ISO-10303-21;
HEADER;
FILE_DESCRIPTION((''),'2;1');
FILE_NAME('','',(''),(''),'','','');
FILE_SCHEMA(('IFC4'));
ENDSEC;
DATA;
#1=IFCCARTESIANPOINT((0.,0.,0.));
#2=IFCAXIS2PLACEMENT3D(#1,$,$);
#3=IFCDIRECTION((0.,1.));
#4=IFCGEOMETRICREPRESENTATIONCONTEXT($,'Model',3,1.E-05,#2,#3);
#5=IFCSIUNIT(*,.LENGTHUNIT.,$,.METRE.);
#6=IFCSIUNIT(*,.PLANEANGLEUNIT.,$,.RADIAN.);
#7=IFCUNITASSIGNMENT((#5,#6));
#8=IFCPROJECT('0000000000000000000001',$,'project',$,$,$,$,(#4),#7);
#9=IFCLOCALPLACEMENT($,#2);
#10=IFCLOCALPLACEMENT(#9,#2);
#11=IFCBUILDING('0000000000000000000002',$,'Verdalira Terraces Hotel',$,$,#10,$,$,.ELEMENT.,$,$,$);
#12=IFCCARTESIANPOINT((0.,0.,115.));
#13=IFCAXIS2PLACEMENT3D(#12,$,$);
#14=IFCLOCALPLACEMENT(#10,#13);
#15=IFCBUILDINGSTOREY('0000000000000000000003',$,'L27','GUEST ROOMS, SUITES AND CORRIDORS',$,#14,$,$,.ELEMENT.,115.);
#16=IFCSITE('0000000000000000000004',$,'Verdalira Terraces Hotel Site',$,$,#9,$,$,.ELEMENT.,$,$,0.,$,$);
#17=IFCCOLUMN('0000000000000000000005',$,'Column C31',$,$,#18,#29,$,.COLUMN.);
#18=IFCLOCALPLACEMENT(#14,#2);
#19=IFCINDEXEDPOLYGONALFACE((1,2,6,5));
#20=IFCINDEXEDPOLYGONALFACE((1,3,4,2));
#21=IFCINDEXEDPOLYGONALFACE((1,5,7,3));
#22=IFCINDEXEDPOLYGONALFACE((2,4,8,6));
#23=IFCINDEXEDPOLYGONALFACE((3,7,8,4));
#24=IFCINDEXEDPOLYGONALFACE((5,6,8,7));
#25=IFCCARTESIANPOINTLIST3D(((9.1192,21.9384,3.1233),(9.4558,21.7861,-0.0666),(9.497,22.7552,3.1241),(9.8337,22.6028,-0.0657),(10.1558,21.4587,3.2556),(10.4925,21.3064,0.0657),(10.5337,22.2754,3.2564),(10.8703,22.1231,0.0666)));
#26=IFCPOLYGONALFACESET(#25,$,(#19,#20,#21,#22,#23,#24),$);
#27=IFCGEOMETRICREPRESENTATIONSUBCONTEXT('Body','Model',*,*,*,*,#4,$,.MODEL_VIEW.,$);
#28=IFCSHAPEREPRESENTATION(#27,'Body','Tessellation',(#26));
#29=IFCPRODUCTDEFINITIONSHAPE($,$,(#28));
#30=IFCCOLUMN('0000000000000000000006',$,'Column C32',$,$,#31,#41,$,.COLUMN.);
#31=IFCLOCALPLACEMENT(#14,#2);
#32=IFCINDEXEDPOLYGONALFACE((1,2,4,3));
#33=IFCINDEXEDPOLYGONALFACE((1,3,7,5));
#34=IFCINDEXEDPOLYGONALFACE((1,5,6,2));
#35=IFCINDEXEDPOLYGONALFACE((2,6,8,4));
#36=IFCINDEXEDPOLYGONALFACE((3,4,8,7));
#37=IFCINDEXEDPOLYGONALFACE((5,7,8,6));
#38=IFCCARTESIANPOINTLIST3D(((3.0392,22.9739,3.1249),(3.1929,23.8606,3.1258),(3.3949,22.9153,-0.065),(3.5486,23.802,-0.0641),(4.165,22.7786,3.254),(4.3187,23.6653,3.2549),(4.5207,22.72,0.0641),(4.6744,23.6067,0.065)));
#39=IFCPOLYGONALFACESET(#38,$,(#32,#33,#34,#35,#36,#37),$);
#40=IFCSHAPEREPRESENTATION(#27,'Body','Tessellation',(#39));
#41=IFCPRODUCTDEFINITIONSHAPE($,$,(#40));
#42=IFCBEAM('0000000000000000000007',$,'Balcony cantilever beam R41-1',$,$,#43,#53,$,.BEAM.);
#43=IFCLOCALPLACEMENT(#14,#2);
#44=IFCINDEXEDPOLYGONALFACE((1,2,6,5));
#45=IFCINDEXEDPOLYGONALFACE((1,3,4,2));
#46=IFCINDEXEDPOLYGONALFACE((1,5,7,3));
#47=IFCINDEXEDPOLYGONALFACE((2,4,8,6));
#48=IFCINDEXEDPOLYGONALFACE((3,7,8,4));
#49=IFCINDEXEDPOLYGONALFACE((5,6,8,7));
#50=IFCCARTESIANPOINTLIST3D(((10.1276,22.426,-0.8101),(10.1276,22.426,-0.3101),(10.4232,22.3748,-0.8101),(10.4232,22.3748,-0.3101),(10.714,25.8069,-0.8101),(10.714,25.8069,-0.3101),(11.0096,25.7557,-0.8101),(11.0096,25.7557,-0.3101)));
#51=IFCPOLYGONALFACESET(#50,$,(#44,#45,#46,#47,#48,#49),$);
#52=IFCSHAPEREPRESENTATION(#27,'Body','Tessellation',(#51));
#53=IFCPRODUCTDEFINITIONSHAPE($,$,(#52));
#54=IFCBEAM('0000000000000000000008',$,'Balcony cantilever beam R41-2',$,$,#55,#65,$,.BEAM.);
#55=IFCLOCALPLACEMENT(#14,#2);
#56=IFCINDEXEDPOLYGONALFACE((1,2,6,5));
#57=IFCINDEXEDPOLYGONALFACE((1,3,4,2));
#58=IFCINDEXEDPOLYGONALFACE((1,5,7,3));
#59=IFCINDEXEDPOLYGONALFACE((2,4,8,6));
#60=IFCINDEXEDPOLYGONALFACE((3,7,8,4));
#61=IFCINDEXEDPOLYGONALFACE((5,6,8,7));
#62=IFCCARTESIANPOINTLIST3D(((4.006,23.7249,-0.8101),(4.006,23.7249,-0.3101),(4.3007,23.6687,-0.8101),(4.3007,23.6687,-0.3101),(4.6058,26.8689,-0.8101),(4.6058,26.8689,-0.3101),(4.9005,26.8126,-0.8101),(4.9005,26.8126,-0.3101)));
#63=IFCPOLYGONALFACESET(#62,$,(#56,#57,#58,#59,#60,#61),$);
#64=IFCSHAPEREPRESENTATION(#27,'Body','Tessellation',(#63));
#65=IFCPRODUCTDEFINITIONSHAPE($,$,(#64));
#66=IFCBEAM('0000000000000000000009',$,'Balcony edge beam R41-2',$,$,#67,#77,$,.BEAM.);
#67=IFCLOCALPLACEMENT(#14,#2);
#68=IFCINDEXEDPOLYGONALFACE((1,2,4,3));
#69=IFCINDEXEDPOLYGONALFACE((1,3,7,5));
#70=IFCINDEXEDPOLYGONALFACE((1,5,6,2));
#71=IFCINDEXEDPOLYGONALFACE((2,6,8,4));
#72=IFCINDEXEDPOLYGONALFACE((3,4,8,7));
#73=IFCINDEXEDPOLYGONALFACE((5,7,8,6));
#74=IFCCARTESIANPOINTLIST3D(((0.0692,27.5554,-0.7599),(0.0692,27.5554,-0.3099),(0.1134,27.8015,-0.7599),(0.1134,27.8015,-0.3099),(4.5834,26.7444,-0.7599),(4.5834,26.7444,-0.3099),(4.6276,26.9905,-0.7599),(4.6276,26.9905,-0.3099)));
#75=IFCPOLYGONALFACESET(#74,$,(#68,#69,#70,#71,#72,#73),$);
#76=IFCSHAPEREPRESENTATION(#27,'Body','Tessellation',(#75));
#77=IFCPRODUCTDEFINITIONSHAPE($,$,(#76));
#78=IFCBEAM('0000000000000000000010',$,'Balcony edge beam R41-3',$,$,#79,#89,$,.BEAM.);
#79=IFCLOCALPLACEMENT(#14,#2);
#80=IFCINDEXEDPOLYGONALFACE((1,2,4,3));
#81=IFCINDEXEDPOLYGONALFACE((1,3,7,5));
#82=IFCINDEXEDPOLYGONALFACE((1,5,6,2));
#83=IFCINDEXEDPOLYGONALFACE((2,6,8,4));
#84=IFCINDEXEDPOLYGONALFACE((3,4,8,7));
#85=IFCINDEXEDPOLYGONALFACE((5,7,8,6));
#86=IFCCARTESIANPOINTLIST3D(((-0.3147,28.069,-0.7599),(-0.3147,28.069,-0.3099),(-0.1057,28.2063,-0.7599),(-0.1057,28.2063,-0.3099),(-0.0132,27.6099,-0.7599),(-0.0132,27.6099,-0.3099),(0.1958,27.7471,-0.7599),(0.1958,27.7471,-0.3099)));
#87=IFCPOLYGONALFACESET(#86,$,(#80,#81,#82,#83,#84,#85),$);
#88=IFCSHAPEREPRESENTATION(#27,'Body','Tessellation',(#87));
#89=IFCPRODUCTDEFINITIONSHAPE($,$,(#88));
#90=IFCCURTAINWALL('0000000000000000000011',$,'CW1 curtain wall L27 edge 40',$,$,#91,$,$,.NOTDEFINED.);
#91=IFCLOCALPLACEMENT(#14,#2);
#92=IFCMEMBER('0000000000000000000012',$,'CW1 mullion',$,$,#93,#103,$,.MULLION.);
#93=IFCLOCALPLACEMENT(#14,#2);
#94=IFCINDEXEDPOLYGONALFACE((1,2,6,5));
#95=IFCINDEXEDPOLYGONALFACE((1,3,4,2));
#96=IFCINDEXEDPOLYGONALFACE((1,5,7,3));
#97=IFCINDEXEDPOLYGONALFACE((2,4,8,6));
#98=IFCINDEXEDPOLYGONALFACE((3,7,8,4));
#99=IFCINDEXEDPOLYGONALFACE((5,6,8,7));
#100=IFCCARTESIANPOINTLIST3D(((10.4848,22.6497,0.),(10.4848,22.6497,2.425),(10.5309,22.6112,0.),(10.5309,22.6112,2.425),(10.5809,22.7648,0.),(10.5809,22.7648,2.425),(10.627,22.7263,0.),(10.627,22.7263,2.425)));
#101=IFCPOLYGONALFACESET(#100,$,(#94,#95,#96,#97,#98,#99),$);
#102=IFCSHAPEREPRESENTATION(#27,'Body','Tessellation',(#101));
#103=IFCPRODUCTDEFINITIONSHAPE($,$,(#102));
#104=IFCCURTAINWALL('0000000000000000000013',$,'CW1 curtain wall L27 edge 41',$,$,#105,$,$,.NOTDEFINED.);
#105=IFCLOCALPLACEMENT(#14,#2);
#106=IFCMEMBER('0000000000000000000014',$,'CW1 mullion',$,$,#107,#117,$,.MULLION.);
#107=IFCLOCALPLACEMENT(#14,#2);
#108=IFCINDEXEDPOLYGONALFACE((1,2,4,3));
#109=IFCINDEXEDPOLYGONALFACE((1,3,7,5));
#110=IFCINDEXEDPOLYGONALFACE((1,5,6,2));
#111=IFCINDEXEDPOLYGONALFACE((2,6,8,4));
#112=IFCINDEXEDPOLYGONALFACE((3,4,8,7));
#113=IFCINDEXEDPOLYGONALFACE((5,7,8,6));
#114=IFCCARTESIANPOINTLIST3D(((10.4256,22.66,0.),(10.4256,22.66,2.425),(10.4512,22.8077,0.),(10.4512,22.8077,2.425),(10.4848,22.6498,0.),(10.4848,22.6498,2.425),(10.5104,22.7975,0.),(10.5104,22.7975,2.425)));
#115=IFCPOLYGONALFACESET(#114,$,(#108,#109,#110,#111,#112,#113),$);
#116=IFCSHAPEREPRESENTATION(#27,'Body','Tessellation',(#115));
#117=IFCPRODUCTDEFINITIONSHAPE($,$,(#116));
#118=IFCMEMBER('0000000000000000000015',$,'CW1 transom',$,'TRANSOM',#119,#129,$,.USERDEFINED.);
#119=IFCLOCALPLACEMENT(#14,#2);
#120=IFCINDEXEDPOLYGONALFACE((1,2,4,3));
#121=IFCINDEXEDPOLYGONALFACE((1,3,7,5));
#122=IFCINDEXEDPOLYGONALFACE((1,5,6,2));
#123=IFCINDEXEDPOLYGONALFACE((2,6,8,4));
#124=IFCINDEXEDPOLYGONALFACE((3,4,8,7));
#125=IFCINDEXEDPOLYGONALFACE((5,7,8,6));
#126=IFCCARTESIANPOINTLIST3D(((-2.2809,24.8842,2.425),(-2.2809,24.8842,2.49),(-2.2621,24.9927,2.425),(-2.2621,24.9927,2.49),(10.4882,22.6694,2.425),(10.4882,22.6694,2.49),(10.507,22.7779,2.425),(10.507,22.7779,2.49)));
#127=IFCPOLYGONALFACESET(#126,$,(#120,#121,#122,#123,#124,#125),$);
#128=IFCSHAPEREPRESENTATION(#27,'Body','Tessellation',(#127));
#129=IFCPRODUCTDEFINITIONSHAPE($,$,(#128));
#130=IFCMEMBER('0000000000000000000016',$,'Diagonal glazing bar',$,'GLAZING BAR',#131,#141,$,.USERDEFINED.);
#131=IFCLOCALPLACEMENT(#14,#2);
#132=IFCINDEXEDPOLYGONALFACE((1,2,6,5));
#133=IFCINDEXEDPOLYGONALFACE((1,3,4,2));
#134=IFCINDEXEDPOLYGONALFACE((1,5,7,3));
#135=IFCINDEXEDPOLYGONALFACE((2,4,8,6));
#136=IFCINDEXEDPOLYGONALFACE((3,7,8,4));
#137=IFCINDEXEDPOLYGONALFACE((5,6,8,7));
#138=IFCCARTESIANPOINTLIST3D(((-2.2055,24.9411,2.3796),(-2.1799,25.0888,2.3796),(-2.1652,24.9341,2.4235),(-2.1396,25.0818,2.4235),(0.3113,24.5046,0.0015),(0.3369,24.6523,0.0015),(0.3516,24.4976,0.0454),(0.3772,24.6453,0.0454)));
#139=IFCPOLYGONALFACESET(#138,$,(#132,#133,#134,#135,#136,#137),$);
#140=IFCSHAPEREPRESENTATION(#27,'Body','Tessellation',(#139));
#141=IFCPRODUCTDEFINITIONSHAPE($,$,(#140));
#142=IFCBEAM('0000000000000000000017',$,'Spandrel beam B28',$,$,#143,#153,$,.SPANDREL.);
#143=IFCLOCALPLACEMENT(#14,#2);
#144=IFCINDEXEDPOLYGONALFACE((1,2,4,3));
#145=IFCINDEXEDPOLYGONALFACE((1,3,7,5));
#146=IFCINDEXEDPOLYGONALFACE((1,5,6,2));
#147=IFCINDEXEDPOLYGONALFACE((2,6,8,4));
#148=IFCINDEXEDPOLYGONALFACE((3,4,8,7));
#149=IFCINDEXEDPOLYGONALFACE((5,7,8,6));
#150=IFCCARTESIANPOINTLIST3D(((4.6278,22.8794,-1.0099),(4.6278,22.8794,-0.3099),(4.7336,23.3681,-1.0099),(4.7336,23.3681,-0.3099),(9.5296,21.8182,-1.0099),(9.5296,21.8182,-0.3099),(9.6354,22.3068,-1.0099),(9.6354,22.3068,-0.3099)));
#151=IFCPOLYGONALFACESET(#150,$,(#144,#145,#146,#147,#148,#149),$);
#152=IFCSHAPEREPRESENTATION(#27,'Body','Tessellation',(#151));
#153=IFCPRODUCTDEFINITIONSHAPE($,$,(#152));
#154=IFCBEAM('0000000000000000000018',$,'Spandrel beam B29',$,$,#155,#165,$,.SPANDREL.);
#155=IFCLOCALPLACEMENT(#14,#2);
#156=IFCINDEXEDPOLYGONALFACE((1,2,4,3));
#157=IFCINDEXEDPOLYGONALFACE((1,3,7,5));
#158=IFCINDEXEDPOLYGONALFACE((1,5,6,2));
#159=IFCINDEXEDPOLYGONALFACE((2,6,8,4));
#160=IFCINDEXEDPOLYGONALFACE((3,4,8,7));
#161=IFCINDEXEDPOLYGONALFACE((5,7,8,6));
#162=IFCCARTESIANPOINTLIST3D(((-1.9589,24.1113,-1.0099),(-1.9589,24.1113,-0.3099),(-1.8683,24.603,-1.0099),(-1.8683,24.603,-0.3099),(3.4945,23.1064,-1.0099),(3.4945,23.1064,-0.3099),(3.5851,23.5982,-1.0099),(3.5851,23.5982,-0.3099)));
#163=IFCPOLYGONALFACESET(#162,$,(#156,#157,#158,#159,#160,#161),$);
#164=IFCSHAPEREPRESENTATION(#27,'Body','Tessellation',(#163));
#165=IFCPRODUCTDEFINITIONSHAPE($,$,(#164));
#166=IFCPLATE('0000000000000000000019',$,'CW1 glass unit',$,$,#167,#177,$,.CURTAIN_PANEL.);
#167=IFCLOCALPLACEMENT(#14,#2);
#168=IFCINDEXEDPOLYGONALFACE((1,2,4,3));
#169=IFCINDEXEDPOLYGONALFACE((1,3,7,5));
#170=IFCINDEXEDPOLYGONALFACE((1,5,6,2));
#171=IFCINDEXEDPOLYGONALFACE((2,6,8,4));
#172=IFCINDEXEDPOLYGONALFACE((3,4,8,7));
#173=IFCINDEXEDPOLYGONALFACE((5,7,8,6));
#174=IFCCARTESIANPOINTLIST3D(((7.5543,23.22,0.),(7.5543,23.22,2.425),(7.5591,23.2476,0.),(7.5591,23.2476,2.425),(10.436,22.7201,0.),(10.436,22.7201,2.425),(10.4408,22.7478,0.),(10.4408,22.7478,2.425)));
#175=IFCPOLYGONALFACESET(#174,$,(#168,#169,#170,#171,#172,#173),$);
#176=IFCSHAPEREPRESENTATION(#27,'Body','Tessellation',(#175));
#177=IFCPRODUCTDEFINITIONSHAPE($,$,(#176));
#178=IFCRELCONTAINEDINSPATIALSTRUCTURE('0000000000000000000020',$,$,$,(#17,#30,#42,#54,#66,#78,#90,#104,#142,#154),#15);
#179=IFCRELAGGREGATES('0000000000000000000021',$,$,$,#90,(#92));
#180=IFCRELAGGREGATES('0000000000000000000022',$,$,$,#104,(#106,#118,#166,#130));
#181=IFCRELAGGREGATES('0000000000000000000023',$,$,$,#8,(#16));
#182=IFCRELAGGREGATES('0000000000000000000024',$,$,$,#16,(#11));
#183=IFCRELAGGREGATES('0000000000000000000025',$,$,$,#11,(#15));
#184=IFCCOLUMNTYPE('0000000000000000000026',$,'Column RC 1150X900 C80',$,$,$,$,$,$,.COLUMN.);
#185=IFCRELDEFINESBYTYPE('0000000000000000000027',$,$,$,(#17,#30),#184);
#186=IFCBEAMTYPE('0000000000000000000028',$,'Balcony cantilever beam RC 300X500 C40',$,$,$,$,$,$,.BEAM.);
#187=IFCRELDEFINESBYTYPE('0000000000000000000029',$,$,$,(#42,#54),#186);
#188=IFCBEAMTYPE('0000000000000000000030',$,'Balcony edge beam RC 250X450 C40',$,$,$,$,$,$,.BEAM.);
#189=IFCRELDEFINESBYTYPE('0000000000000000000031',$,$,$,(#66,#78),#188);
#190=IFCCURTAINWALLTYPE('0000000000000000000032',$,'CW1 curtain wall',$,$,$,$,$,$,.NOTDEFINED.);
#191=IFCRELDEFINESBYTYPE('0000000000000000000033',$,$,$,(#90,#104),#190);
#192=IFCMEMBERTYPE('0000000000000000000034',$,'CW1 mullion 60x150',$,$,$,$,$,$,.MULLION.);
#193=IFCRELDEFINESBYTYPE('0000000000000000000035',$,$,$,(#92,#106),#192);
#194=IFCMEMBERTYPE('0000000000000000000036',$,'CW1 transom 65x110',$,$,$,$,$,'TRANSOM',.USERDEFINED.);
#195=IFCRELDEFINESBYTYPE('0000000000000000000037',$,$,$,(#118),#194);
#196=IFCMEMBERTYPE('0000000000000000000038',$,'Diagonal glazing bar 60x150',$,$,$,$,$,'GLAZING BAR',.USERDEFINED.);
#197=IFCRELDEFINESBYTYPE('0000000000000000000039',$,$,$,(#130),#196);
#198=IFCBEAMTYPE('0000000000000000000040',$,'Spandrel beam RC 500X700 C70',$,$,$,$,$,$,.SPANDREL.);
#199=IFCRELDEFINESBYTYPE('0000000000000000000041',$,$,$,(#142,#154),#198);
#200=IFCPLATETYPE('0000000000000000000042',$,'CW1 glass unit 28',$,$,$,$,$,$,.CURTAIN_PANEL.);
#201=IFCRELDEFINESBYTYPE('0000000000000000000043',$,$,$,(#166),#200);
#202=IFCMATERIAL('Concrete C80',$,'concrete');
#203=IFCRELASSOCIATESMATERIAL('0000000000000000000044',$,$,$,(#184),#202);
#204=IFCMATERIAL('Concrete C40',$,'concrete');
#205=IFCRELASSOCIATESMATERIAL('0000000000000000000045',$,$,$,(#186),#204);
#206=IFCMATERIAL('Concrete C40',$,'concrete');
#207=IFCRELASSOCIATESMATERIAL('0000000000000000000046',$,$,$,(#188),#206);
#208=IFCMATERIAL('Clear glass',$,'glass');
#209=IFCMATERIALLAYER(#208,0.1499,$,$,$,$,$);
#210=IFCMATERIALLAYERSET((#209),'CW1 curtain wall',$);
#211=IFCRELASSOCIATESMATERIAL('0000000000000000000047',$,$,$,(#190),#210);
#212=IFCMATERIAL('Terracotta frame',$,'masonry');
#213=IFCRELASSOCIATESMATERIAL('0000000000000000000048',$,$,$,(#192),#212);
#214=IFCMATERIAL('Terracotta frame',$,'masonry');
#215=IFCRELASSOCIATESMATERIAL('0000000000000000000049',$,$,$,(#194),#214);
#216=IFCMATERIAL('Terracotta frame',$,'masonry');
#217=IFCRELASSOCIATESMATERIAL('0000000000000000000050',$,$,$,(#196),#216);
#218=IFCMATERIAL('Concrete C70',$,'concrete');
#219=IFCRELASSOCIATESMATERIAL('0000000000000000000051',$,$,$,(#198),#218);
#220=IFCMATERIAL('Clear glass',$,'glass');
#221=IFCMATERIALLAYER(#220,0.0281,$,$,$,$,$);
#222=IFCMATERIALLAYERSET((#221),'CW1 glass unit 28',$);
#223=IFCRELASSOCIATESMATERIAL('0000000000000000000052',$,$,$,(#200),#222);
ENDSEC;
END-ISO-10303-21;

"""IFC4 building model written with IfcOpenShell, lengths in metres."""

from ifc_helpers import new_model, si_unit, direction, frame, origin, origin_2d, place, context, subcontext, project, spatial, rectangle, extrude, material, layer, layer_set, material_profile, profile_set, type_object, element, aggregate, save


model = new_model("IFC4")

# Units and contexts
model_context = context("Model", 3, precision=1e-05, world=origin(), true_north=direction((0.0, 1.0)))
body_context = subcontext(model_context, "Body", "Model", "MODEL_VIEW")
ifc_project = project(units=[si_unit("LENGTHUNIT", "METRE"), si_unit("PLANEANGLEUNIT", "RADIAN")], contexts=[model_context])

# Site, building, storey
site_placement = place(None, origin())
site = spatial("IfcSite", under=ifc_project, at=site_placement, Name="Verdalira Terraces Hotel Site", CompositionType="ELEMENT", RefElevation=0.0)
building_placement = place(site_placement, origin())
building = spatial("IfcBuilding", under=site, at=building_placement, Name="Verdalira Terraces Hotel", CompositionType="ELEMENT")
storey_placement = place(building_placement, frame((0.0, 0.0, 115.0)))
storey = spatial("IfcBuildingStorey", under=building, at=storey_placement, Name="L27", Description="GUEST ROOMS, SUITES AND CORRIDORS", CompositionType="ELEMENT", Elevation=115.0)

# Columns
ifc_material_1 = material(Name="Concrete C80", Category="concrete")
ifc_material_profile_1 = material_profile(ifc_material_1, rectangle(XDim=1.1499, YDim=0.8999, at=origin_2d()), Name="RC 1150X900")
ifc_profile_set_1 = profile_set([ifc_material_profile_1], Name="Concrete C80")
column_type = type_object("IfcColumnType", Name="Column RC 1150X900 C80", PredefinedType="COLUMN", material=ifc_profile_set_1)
column_1_placement = place(storey_placement, frame((10.1631, 21.9546, 0.0), z_axis=(-0.10484, 0.04744, 0.993357), x_axis=(0.901505, -0.417189, 0.11507)))
element("IfcColumn", 1, at=column_1_placement, inside=storey, type_object=column_type, Name="Column C31", PredefinedType="COLUMN", context=body_context, shape_type="SweptSolid", body=[
    extrude(rectangle(XDim=1.1499, YDim=0.8999, at=origin_2d()), origin(), (0.0, 0.0, 1.0), 3.2112),
])
column_2_placement = place(storey_placement, frame((4.0347, 23.261, 0.0), z_axis=(-0.110805, 0.018252, 0.993675), x_axis=(-0.979057, 0.169817, -0.112295)))
element("IfcColumn", 2, at=column_2_placement, inside=storey, type_object=column_type, Name="Column C32", PredefinedType="COLUMN", context=body_context, shape_type="SweptSolid", body=[
    extrude(rectangle(XDim=1.1499, YDim=0.8999, at=origin_2d()), origin(), (0.0, 0.0, 1.0), 3.2102),
])

# Beams
ifc_material_2 = material(Name="Concrete C40", Category="concrete")
ifc_material_profile_2 = material_profile(ifc_material_2, rectangle(XDim=0.3, YDim=0.5, at=origin_2d()), Name="RC 300X500")
ifc_profile_set_2 = profile_set([ifc_material_profile_2], Name="Concrete C40")
beam_type_1 = type_object("IfcBeamType", Name="Balcony cantilever beam RC 300X500 C40", PredefinedType="BEAM", material=ifc_profile_set_2)
beam_1_placement = place(storey_placement, frame((10.2754, 22.4004, -0.5601), z_axis=(0.170903, 0.985288, 0.0), x_axis=(-0.985288, 0.170903, 0.0)))
element("IfcBeam", 3, at=beam_1_placement, inside=storey, type_object=beam_type_1, Name="Balcony cantilever beam R41-1", PredefinedType="BEAM", context=body_context, shape_type="SweptSolid", body=[
    extrude(rectangle(XDim=0.3, YDim=0.5, at=origin_2d()), origin(), (0.0, 0.0, 1.0), 3.4314),
])
beam_2_placement = place(storey_placement, frame((4.1533, 23.6968, -0.5601), z_axis=(0.18741, 0.982282, 0.0), x_axis=(-0.982282, 0.18741, 0.0)))
element("IfcBeam", 4, at=beam_2_placement, inside=storey, type_object=beam_type_1, Name="Balcony cantilever beam R41-2", PredefinedType="BEAM", context=body_context, shape_type="SweptSolid", body=[
    extrude(rectangle(XDim=0.3, YDim=0.5, at=origin_2d()), origin(), (0.0, 0.0, 1.0), 3.2007),
])
ifc_material_3 = material(Name="Concrete C40", Category="concrete")
ifc_material_profile_3 = material_profile(ifc_material_3, rectangle(XDim=0.25, YDim=0.45, at=origin_2d()), Name="RC 250X450")
ifc_profile_set_3 = profile_set([ifc_material_profile_3], Name="Concrete C40")
beam_type_2 = type_object("IfcBeamType", Name="Balcony edge beam RC 250X450 C40", PredefinedType="BEAM", material=ifc_profile_set_3)
beam_3_placement = place(storey_placement, frame((4.6055, 26.8674, -0.5349), z_axis=(-0.984241, 0.176833, 0.0), x_axis=(-0.176833, -0.984241, 0.0)))
element("IfcBeam", 5, at=beam_3_placement, inside=storey, type_object=beam_type_2, Name="Balcony edge beam R41-2", PredefinedType="BEAM", context=body_context, shape_type="SweptSolid", body=[
    extrude(rectangle(XDim=0.25, YDim=0.45, at=origin_2d()), origin(), (0.0, 0.0, 1.0), 4.5864),
])
beam_4_placement = place(storey_placement, frame((0.0913, 27.6785, -0.5349), z_axis=(-0.548841, 0.835927, 0.0), x_axis=(-0.835927, -0.548841, 0.0)))
element("IfcBeam", 6, at=beam_4_placement, inside=storey, type_object=beam_type_2, Name="Balcony edge beam R41-3", PredefinedType="BEAM", context=body_context, shape_type="SweptSolid", body=[
    extrude(rectangle(XDim=0.25, YDim=0.45, at=origin_2d()), origin(), (0.0, 0.0, 1.0), 0.5493),
])

# Curtain wall, member
ifc_material_4 = material(Name="Clear glass", Category="glass")
ifc_layer_1 = layer(ifc_material_4, 0.1499)
ifc_layer_set_1 = layer_set([ifc_layer_1], Name="CW1 curtain wall")
curtain_wall_type = type_object("IfcCurtainWallType", Name="CW1 curtain wall", PredefinedType="NOTDEFINED", material=ifc_layer_set_1)
curtain_wall_1_placement = place(storey_placement, origin())
curtain_wall_1 = element("IfcCurtainWall", 7, at=curtain_wall_1_placement, inside=storey, type_object=curtain_wall_type, Name="CW1 curtain wall L27 edge 40", PredefinedType="NOTDEFINED")
ifc_material_5 = material(Name="Terracotta frame", Category="masonry")
ifc_material_profile_4 = material_profile(ifc_material_5, rectangle(XDim=0.0601, YDim=0.1499, at=origin_2d()), Name="MU 60x150")
ifc_profile_set_4 = profile_set([ifc_material_profile_4], Name="Terracotta frame")
member_type_1 = type_object("IfcMemberType", Name="CW1 mullion 60x150", PredefinedType="MULLION", material=ifc_profile_set_4)
member_1_placement = place(storey_placement, frame((10.5559, 22.688, 0.0), z_axis=(0.0, 0.0, 1.0), x_axis=(-0.767836, 0.640646, 0.0)))
member_1 = element("IfcMember", 8, at=member_1_placement, type_object=member_type_1, Name="CW1 mullion", PredefinedType="MULLION", context=body_context, shape_type="SweptSolid", body=[
    extrude(rectangle(XDim=0.0601, YDim=0.1499, at=origin_2d()), origin(), (0.0, 0.0, 1.0), 2.425),
])
aggregate(curtain_wall_1, [member_1])

# Curtain wall, members
curtain_wall_2_placement = place(storey_placement, origin())
curtain_wall_2 = element("IfcCurtainWall", 9, at=curtain_wall_2_placement, inside=storey, type_object=curtain_wall_type, Name="CW1 curtain wall L27 edge 41", PredefinedType="NOTDEFINED")
member_2_placement = place(storey_placement, frame((10.468, 22.7288, 0.0), z_axis=(0.0, 0.0, 1.0), x_axis=(-0.985289, 0.170897, 0.0)))
member_2 = element("IfcMember", 10, at=member_2_placement, type_object=member_type_1, Name="CW1 mullion", PredefinedType="MULLION", context=body_context, shape_type="SweptSolid", body=[
    extrude(rectangle(XDim=0.0601, YDim=0.1499, at=origin_2d()), origin(), (0.0, 0.0, 1.0), 2.425),
])
ifc_material_6 = material(Name="Terracotta frame", Category="masonry")
ifc_material_profile_5 = material_profile(ifc_material_6, rectangle(XDim=0.1101, YDim=0.0649, at=origin_2d()), Name="TR 65x110")
ifc_profile_set_5 = profile_set([ifc_material_profile_5], Name="Terracotta frame")
member_type_2 = type_object("IfcMemberType", Name="CW1 transom 65x110", ElementType="TRANSOM", PredefinedType="USERDEFINED", material=ifc_profile_set_5)
member_3_placement = place(storey_placement, frame((10.4976, 22.7236, 2.4575), z_axis=(-0.985288, 0.170902, 0.0), x_axis=(-0.170902, -0.985288, 0.0)))
member_3 = element("IfcMember", 11, at=member_3_placement, type_object=member_type_2, Name="CW1 transom", ObjectType="TRANSOM", PredefinedType="USERDEFINED", context=body_context, shape_type="SweptSolid", body=[
    extrude(rectangle(XDim=0.1101, YDim=0.0649, at=origin_2d()), origin(), (0.0, 0.0, 1.0), 12.9597),
])
ifc_material_7 = material(Name="Terracotta frame", Category="masonry")
ifc_material_profile_6 = material_profile(ifc_material_7, rectangle(XDim=0.1499, YDim=0.0601, at=origin_2d()), Name="GB 60x150")
ifc_profile_set_6 = profile_set([ifc_material_profile_6], Name="Terracotta frame")
member_type_3 = type_object("IfcMemberType", Name="Diagonal glazing bar 60x150", ElementType="GLAZING BAR", PredefinedType="USERDEFINED", material=ifc_profile_set_6)
member_4_placement = place(storey_placement, frame((0.3442, 24.575, 0.0234), z_axis=(-0.721139, 0.125075, 0.681406), x_axis=(-0.170889, -0.98529, 0.0)))
member_4 = element("IfcMember", 12, at=member_4_placement, type_object=member_type_3, Name="Diagonal glazing bar", ObjectType="GLAZING BAR", PredefinedType="USERDEFINED", context=body_context, shape_type="SweptSolid", body=[
    extrude(rectangle(XDim=0.1499, YDim=0.0601, at=origin_2d()), origin(), (0.0, 0.0, 1.0), 3.49),
])

# Beams
ifc_material_8 = material(Name="Concrete C70", Category="concrete")
ifc_material_profile_7 = material_profile(ifc_material_8, rectangle(XDim=0.5, YDim=0.7, at=origin_2d()), Name="RC 500X700")
ifc_profile_set_7 = profile_set([ifc_material_profile_7], Name="Concrete C70")
beam_type_3 = type_object("IfcBeamType", Name="Spandrel beam RC 500X700 C70", PredefinedType="SPANDREL", material=ifc_profile_set_7)
beam_5_placement = place(storey_placement, frame((9.5825, 22.0625, -0.6599), z_axis=(-0.977356, 0.211603, 0.0), x_axis=(-0.211603, -0.977356, 0.0)))
element("IfcBeam", 13, at=beam_5_placement, inside=storey, type_object=beam_type_3, Name="Spandrel beam B28", PredefinedType="SPANDREL", context=body_context, shape_type="SweptSolid", body=[
    extrude(rectangle(XDim=0.5, YDim=0.7, at=origin_2d()), origin(), (0.0, 0.0, 1.0), 5.0154),
])
beam_6_placement = place(storey_placement, frame((3.5398, 23.3523, -0.6599), z_axis=(-0.983443, 0.181217, 0.0), x_axis=(-0.181217, -0.983443, 0.0)))
element("IfcBeam", 14, at=beam_6_placement, inside=storey, type_object=beam_type_3, Name="Spandrel beam B29", PredefinedType="SPANDREL", context=body_context, shape_type="SweptSolid", body=[
    extrude(rectangle(XDim=0.5, YDim=0.7, at=origin_2d()), origin(), (0.0, 0.0, 1.0), 5.5452),
])

# Plate
ifc_material_9 = material(Name="Clear glass", Category="glass")
ifc_layer_2 = layer(ifc_material_9, 0.0281)
ifc_layer_set_2 = layer_set([ifc_layer_2], Name="CW1 glass unit 28")
plate_type = type_object("IfcPlateType", Name="CW1 glass unit 28", PredefinedType="CURTAIN_PANEL", material=ifc_layer_set_2)
plate_1_placement = place(storey_placement, frame((8.9976, 22.9839, 0.0), z_axis=(0.0, 0.0, 1.0), x_axis=(-0.985289, 0.170897, 0.0)))
plate_1 = element("IfcPlate", 15, at=plate_1_placement, type_object=plate_type, Name="CW1 glass unit", PredefinedType="CURTAIN_PANEL", context=body_context, shape_type="SweptSolid", body=[
    extrude(rectangle(XDim=2.9248, YDim=0.0281, at=origin_2d()), origin(), (0.0, 0.0, 1.0), 2.425),
])
aggregate(curtain_wall_2, [member_2, member_3, plate_1, member_4])

save(model, "model.ifc")
